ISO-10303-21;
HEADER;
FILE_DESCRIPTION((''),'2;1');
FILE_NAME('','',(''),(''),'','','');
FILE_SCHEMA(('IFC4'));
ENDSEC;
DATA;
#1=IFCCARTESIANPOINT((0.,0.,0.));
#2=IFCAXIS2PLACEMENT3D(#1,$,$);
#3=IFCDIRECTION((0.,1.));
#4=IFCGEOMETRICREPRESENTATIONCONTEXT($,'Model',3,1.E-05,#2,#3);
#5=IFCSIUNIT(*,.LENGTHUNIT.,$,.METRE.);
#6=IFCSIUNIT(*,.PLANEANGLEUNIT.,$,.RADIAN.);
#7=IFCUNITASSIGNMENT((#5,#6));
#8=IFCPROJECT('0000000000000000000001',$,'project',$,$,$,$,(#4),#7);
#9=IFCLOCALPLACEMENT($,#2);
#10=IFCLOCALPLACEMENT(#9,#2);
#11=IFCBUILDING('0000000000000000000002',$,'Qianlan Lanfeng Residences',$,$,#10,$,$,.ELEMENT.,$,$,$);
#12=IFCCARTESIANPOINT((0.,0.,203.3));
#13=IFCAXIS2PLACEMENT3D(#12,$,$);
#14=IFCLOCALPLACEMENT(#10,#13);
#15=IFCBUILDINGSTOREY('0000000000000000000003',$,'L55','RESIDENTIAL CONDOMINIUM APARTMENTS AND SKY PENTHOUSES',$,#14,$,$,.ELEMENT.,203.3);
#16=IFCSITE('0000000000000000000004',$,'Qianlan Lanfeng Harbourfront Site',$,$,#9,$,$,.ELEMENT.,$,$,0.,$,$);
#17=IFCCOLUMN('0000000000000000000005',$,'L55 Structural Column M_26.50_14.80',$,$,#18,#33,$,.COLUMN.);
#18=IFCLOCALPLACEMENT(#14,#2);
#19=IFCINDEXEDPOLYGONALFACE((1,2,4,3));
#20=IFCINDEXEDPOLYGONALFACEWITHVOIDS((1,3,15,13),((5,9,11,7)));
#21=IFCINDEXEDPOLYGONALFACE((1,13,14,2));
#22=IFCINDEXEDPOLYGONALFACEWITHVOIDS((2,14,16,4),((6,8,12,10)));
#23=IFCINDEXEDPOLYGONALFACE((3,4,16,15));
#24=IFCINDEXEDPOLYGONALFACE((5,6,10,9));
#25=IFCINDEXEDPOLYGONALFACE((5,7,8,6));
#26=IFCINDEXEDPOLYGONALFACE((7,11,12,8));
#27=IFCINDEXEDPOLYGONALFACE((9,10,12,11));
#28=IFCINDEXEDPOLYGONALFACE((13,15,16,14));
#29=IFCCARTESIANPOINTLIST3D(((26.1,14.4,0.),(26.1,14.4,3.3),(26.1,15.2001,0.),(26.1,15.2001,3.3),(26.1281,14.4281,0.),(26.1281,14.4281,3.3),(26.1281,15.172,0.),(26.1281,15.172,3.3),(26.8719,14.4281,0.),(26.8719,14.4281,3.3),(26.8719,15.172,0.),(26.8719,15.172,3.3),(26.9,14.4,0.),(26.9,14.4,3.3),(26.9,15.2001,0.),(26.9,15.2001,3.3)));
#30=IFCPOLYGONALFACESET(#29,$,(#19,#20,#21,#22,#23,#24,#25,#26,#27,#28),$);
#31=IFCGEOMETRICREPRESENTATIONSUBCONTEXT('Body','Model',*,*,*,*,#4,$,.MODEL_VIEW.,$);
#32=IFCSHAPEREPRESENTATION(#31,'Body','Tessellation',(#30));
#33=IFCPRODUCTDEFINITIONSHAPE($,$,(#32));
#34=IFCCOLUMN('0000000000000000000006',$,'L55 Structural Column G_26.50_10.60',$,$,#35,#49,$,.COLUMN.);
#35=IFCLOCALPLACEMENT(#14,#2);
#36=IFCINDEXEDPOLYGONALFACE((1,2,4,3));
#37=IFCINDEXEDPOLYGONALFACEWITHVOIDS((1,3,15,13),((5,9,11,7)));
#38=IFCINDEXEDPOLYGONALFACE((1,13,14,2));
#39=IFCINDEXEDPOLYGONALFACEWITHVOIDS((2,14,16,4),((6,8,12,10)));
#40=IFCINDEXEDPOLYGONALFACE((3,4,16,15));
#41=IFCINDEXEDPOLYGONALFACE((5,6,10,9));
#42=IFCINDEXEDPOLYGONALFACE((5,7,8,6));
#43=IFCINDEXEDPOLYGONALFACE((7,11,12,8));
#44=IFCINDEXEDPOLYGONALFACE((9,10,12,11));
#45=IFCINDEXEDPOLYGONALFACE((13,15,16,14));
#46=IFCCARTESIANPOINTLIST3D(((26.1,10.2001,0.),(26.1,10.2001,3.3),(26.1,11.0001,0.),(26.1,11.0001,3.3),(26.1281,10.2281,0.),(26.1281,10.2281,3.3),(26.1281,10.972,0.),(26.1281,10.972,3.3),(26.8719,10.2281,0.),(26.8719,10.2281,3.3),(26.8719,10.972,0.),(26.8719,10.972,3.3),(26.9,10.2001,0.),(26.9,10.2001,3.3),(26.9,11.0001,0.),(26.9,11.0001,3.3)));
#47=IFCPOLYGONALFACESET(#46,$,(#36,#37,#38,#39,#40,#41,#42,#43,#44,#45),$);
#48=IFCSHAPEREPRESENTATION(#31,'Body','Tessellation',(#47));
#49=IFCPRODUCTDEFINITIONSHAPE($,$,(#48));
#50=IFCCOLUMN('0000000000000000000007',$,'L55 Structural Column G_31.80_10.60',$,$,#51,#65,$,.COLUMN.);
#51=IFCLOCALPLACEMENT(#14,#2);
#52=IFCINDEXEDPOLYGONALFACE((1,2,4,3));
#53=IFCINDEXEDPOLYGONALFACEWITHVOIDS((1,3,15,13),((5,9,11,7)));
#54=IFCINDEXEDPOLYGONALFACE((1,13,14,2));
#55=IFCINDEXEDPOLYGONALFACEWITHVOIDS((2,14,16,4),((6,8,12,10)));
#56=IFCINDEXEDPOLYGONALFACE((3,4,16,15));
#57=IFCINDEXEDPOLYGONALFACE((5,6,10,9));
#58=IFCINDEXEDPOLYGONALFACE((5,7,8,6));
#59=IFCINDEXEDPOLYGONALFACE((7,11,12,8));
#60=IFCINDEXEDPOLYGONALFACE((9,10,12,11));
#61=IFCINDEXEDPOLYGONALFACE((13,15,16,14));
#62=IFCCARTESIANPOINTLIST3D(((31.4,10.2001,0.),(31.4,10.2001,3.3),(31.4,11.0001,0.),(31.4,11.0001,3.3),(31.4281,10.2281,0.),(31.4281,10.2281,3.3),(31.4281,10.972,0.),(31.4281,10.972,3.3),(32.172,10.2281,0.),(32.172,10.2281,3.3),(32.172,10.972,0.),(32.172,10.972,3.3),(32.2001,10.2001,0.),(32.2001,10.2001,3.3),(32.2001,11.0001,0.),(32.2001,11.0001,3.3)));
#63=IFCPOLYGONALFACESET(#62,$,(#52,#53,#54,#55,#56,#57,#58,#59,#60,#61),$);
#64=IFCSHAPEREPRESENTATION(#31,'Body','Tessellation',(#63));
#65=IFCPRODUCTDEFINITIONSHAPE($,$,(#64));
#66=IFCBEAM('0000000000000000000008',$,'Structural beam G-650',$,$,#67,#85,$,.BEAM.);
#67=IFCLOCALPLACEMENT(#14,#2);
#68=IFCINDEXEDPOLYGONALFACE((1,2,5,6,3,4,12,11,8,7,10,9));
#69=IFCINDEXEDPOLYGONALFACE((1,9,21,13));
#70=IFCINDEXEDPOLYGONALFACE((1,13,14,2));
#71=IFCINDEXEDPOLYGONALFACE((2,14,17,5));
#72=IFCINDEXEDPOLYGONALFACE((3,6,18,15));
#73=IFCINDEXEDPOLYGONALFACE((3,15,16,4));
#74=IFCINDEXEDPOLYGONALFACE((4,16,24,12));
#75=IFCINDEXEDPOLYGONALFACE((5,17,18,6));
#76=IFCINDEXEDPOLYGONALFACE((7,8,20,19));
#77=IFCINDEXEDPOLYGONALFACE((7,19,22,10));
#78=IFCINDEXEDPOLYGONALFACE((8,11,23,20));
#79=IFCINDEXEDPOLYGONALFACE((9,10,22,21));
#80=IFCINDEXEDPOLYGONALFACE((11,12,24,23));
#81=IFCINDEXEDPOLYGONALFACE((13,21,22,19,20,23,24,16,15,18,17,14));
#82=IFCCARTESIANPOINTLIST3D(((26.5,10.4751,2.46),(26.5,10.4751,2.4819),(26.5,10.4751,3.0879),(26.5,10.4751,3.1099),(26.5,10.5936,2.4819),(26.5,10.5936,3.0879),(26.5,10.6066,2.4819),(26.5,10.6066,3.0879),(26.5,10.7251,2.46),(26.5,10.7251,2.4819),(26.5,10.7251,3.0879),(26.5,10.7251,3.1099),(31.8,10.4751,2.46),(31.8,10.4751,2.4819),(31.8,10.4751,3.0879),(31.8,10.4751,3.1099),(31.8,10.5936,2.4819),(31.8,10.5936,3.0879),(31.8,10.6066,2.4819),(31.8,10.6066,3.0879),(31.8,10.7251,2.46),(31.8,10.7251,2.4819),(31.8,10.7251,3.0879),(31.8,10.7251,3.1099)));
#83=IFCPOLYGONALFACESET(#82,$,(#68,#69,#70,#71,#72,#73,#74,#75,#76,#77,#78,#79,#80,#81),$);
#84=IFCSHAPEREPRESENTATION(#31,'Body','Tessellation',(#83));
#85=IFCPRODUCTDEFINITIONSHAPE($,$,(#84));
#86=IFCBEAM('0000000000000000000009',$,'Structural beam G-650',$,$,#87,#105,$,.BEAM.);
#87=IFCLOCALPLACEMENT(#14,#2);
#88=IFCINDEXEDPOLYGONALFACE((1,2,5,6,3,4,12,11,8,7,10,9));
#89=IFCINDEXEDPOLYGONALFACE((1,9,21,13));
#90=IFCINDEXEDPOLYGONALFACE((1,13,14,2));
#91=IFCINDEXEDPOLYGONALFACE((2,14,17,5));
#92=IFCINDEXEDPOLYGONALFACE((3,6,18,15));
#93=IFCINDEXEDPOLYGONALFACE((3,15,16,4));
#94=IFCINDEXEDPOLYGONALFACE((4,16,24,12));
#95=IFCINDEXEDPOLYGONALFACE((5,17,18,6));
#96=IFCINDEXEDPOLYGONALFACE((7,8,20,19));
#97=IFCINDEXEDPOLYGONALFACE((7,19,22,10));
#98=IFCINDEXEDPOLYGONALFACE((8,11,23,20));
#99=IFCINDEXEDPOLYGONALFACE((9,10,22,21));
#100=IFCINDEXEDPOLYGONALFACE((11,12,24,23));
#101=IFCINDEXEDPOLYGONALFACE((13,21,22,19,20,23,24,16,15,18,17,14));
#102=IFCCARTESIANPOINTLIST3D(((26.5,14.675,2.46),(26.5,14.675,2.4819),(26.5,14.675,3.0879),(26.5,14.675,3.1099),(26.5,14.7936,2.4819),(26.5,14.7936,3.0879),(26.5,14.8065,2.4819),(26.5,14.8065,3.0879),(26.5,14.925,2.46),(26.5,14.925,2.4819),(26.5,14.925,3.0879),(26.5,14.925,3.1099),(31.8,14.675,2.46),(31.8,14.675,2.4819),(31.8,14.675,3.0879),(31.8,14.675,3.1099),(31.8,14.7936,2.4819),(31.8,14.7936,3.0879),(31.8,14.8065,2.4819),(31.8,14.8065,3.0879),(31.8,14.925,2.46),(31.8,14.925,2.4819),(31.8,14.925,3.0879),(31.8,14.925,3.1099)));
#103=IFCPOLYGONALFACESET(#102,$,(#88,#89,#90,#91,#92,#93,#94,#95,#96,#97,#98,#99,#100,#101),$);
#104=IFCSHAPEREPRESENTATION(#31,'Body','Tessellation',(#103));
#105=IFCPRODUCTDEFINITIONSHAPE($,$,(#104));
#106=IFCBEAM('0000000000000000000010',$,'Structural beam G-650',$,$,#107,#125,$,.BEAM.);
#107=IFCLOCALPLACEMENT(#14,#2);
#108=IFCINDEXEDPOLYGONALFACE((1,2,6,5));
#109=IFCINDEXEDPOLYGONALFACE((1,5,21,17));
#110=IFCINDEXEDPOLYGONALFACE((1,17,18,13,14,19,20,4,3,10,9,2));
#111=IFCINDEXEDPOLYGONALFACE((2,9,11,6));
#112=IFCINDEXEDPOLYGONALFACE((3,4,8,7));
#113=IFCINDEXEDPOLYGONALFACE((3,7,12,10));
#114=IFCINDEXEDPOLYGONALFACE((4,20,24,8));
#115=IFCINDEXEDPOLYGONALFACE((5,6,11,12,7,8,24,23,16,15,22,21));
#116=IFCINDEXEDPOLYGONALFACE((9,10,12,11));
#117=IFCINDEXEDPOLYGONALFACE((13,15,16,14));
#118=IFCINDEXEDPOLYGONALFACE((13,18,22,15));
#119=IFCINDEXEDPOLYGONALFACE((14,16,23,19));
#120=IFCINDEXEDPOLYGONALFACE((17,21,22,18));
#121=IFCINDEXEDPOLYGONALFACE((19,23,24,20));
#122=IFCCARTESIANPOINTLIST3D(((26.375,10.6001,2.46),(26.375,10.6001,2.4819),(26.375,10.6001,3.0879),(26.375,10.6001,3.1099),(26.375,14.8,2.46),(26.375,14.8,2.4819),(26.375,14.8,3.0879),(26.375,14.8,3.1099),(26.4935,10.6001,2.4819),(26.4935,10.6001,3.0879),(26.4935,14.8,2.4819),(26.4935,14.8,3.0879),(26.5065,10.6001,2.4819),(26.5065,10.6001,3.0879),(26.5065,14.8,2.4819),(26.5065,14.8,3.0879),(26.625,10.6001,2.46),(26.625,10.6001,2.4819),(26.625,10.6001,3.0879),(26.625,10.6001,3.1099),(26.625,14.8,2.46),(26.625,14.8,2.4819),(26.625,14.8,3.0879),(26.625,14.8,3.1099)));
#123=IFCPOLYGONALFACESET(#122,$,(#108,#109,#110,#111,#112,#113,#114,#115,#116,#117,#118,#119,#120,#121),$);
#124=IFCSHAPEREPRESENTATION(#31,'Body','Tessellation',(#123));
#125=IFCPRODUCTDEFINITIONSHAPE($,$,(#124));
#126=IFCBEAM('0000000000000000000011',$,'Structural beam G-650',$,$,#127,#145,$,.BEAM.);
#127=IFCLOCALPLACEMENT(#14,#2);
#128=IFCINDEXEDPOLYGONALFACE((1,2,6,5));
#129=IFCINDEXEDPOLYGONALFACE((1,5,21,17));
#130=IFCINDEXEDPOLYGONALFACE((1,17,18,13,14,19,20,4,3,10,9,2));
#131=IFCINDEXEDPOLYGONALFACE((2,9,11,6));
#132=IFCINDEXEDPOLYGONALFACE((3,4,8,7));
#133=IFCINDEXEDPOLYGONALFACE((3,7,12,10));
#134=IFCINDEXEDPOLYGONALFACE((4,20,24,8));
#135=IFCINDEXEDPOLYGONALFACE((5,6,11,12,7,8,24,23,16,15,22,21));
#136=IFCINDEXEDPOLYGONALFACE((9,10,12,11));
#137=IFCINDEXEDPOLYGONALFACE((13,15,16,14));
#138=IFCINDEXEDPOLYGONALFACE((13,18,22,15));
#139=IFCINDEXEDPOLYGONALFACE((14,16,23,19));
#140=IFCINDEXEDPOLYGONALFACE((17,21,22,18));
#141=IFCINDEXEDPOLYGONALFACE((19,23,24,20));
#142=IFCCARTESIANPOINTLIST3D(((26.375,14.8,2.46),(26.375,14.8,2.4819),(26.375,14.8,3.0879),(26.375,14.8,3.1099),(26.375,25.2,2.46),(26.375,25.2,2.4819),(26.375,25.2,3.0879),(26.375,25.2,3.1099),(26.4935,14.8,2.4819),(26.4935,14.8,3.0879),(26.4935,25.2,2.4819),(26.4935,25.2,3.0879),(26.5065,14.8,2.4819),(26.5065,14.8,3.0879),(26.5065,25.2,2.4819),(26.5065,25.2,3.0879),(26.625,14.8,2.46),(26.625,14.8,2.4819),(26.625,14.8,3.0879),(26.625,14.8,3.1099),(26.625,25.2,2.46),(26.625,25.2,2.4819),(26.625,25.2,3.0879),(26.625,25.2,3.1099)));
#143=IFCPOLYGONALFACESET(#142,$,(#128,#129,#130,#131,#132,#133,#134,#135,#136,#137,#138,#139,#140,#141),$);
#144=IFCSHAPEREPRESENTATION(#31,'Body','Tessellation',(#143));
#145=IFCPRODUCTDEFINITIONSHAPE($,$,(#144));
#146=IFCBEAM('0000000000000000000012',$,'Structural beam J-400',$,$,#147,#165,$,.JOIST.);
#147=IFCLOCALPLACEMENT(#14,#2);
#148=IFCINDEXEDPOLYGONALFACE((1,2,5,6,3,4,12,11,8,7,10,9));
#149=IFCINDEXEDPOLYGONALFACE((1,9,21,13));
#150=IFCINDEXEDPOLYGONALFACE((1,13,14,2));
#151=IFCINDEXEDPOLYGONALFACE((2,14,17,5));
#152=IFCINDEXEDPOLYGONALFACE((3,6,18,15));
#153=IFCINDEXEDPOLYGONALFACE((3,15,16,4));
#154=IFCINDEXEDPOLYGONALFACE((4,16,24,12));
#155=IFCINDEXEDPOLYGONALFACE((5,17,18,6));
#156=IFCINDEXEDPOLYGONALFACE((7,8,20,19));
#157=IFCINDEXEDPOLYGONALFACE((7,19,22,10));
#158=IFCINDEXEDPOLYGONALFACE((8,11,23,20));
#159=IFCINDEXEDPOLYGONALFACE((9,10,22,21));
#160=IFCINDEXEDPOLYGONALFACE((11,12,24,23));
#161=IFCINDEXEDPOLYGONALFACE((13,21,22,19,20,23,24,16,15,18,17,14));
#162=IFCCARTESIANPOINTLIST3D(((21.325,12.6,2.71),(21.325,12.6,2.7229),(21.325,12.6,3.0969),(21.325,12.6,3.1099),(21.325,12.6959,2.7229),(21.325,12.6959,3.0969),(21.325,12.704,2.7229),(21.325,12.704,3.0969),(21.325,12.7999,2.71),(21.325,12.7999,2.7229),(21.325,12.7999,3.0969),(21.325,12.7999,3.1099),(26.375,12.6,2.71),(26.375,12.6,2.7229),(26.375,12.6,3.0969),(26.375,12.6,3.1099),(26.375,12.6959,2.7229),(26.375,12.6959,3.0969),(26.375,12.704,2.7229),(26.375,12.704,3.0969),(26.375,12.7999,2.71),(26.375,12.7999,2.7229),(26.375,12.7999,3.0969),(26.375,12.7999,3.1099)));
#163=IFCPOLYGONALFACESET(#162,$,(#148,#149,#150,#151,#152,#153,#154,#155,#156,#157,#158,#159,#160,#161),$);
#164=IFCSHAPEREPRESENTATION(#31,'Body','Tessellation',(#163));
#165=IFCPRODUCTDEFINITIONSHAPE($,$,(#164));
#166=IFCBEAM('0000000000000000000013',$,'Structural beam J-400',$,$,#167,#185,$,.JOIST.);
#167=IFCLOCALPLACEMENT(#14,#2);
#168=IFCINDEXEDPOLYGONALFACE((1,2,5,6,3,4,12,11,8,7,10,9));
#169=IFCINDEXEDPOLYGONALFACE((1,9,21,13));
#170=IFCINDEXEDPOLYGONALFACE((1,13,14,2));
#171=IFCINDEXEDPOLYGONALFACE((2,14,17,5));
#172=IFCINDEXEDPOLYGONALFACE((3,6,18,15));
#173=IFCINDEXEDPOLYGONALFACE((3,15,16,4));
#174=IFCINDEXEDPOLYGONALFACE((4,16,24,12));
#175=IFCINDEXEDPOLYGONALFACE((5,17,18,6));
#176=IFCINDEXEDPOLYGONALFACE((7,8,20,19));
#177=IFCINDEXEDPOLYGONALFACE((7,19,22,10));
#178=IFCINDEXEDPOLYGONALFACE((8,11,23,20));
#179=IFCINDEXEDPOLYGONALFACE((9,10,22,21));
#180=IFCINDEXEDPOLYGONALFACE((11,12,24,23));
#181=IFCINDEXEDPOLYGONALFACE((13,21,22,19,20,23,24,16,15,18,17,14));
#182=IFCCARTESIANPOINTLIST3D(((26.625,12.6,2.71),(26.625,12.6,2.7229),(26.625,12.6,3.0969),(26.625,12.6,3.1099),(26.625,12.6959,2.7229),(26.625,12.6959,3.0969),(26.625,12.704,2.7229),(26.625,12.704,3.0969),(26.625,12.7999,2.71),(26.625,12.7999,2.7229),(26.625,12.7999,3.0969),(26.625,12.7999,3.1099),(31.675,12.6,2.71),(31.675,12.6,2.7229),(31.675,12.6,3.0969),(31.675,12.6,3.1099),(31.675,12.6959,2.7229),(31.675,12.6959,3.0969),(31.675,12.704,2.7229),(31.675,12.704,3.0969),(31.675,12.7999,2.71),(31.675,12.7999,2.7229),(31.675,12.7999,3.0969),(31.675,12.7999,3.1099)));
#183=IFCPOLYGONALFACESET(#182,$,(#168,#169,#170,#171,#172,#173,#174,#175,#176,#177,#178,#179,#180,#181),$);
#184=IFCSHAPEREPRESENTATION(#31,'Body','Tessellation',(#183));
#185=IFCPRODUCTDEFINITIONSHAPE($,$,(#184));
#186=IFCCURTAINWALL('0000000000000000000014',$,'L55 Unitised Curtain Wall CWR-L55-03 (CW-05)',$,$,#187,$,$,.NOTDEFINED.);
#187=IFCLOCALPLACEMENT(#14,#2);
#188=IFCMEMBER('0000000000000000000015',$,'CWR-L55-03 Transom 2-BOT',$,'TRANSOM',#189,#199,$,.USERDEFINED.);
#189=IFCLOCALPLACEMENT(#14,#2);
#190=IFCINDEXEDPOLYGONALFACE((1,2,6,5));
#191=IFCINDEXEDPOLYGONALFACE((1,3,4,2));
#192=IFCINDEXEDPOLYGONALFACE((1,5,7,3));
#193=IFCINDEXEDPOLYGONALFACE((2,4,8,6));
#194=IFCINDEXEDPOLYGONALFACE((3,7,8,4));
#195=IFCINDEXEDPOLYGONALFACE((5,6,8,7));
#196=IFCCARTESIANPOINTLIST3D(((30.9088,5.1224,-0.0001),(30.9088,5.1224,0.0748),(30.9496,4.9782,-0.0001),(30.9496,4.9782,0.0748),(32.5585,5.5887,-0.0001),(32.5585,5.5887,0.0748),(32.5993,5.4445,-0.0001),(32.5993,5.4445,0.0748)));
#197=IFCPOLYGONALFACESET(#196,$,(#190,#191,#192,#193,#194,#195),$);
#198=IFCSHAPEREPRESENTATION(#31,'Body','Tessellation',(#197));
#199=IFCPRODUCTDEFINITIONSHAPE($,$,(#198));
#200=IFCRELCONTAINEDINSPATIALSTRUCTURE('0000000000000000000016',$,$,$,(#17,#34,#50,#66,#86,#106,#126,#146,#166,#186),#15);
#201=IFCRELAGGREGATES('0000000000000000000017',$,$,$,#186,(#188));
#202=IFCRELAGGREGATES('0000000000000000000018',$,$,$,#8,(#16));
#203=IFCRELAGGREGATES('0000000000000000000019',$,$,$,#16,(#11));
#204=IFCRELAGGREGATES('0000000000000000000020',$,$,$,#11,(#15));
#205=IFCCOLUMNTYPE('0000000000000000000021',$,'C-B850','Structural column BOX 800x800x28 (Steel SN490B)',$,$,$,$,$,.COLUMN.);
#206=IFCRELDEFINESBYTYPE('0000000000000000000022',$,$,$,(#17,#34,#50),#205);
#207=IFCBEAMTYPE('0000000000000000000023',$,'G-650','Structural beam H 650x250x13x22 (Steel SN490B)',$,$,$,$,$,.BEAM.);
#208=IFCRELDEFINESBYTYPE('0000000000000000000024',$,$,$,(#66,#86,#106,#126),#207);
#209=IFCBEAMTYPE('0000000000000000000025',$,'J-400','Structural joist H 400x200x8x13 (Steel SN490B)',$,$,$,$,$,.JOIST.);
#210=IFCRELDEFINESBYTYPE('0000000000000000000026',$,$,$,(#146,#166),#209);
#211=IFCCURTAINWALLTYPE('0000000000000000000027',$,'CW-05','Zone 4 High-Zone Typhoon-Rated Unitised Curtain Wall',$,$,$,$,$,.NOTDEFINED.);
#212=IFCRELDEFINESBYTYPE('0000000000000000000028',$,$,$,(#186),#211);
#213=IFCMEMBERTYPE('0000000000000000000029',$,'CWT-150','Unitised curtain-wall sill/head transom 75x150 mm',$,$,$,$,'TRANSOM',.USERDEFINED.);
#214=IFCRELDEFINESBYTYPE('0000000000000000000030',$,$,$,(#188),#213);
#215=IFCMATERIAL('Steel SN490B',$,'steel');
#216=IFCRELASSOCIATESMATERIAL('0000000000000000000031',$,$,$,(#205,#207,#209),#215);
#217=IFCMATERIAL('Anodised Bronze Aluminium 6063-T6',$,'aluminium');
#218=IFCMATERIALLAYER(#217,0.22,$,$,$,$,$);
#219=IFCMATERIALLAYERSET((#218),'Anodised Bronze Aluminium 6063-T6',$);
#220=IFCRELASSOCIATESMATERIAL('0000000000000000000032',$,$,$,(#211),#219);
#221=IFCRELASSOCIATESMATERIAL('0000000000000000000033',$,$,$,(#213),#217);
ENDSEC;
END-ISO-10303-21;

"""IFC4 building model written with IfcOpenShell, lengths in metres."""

from ifc_helpers import new_model, si_unit, direction, frame, origin, origin_2d, place, context, subcontext, project, spatial, rectangle, hollow_rectangle, i_section, extrude, source, transform, mapped, material, layer, layer_set, material_profile, profile_set, type_object, element, aggregate, save


model = new_model("IFC4")

# Units and contexts
model_context = context("Model", 3, precision=1e-05, world=origin(), true_north=direction((0.0, 1.0)))
body_context = subcontext(model_context, "Body", "Model", "MODEL_VIEW")
ifc_project = project(units=[si_unit("LENGTHUNIT", "METRE"), si_unit("PLANEANGLEUNIT", "RADIAN")], contexts=[model_context])

# Site, building, storey
site_placement = place(None, origin())
site = spatial("IfcSite", under=ifc_project, at=site_placement, Name="Qianlan Lanfeng Harbourfront Site", CompositionType="ELEMENT", RefElevation=0.0)
building_placement = place(site_placement, origin())
building = spatial("IfcBuilding", under=site, at=building_placement, Name="Qianlan Lanfeng Residences", CompositionType="ELEMENT")
storey_placement = place(building_placement, frame((0.0, 0.0, 203.3)))
storey = spatial("IfcBuildingStorey", under=building, at=storey_placement, Name="L55", Description="RESIDENTIAL CONDOMINIUM APARTMENTS AND SKY PENTHOUSES", CompositionType="ELEMENT", Elevation=203.3)

# Columns
ifc_material_1 = material(Name="Steel SN490B", Category="steel")
ifc_material_profile_1 = material_profile(ifc_material_1, hollow_rectangle(XDim=0.8, YDim=0.8, WallThickness=0.0281, at=origin_2d()), Name="BOX 800x800x28")
ifc_profile_set_1 = profile_set([ifc_material_profile_1], Name="Steel SN490B")
column_type = type_object("IfcColumnType", Name="C-B850", Description="Structural column BOX 800x800x28 (Steel SN490B)", PredefinedType="COLUMN", material=ifc_profile_set_1)
for number, where, z_axis, x_axis, name in (
    (1, (26.5, 14.8, 0.0), (0.0, 0.0, 1.0), (1.0, 0.0, 0.0), "L55 Structural Column M_26.50_14.80"),
    (2, (26.5, 10.6001, 0.0), (0.0, 0.0, 1.0), (1.0, 0.0, 0.0), "L55 Structural Column G_26.50_10.60"),
    (3, (31.8, 10.6001, 0.0), (0.0, 0.0, 1.0), (1.0, 0.0, 0.0), "L55 Structural Column G_31.80_10.60"),
):
    element("IfcColumn", number, at=place(storey_placement, frame(where, z_axis=z_axis, x_axis=x_axis)), inside=storey, type_object=column_type, Name=name, PredefinedType="COLUMN", context=body_context, shape_type="SweptSolid", body=[
        extrude(hollow_rectangle(XDim=0.8, YDim=0.8, WallThickness=0.0281, at=origin_2d()), origin(), (0.0, 0.0, 1.0), 3.3),
    ])

# Beams
ifc_material_profile_2 = material_profile(ifc_material_1, i_section(OverallWidth=0.25, OverallDepth=0.6499, WebThickness=0.0129, FlangeThickness=0.022, at=origin_2d()), Name="H 650x250x13x22")
ifc_profile_set_2 = profile_set([ifc_material_profile_2], Name="Steel SN490B")
beam_type_1 = type_object("IfcBeamType", Name="G-650", Description="Structural beam H 650x250x13x22 (Steel SN490B)", PredefinedType="BEAM", material=ifc_profile_set_2)
for number, where, z_axis, x_axis, name in (
    (4, (26.5, 10.6001, 2.7849), (1.0, 0.0, 0.0), (0.0, 1.0, 0.0), "Structural beam G-650"),
    (5, (26.5, 14.8, 2.7849), (1.0, 0.0, 0.0), (0.0, 1.0, 0.0), "Structural beam G-650"),
):
    element("IfcBeam", number, at=place(storey_placement, frame(where, z_axis=z_axis, x_axis=x_axis)), inside=storey, type_object=beam_type_1, Name=name, PredefinedType="BEAM", context=body_context, shape_type="SweptSolid", body=[
        extrude(i_section(OverallWidth=0.25, OverallDepth=0.6499, WebThickness=0.0129, FlangeThickness=0.022, at=origin_2d()), origin(), (0.0, 0.0, 1.0), 5.3),
    ])
beam_1_placement = place(storey_placement, frame((26.5, 10.6001, 2.7849), z_axis=(0.0, 1.0, 0.0), x_axis=(-1.0, 0.0, 0.0)))
element("IfcBeam", 6, at=beam_1_placement, inside=storey, type_object=beam_type_1, Name="Structural beam G-650", PredefinedType="BEAM", context=body_context, shape_type="SweptSolid", body=[
    extrude(i_section(OverallWidth=0.25, OverallDepth=0.6499, WebThickness=0.0129, FlangeThickness=0.022, at=origin_2d()), origin(), (0.0, 0.0, 1.0), 4.2),
])
beam_2_placement = place(storey_placement, frame((26.5, 14.8, 2.7849), z_axis=(0.0, 1.0, 0.0), x_axis=(-1.0, 0.0, 0.0)))
element("IfcBeam", 7, at=beam_2_placement, inside=storey, type_object=beam_type_1, Name="Structural beam G-650", PredefinedType="BEAM", context=body_context, shape_type="SweptSolid", body=[
    extrude(i_section(OverallWidth=0.25, OverallDepth=0.6499, WebThickness=0.0129, FlangeThickness=0.022, at=origin_2d()), origin(), (0.0, 0.0, 1.0), 10.3999),
])
ifc_material_profile_3 = material_profile(ifc_material_1, i_section(OverallWidth=0.2, OverallDepth=0.3999, WebThickness=0.0081, FlangeThickness=0.0129, at=origin_2d()), Name="H 400x200x8x13")
ifc_profile_set_3 = profile_set([ifc_material_profile_3], Name="Steel SN490B")
beam_type_2 = type_object("IfcBeamType", Name="J-400", Description="Structural joist H 400x200x8x13 (Steel SN490B)", PredefinedType="JOIST", material=ifc_profile_set_3)
for number, where, z_axis, x_axis, name in (
    (8, (21.325, 12.7, 2.9099), (1.0, 0.0, 0.0), (0.0, 1.0, 0.0), "Structural beam J-400"),
    (9, (26.625, 12.7, 2.9099), (1.0, 0.0, 0.0), (0.0, 1.0, 0.0), "Structural beam J-400"),
):
    element("IfcBeam", number, at=place(storey_placement, frame(where, z_axis=z_axis, x_axis=x_axis)), inside=storey, type_object=beam_type_2, Name=name, PredefinedType="JOIST", context=body_context, shape_type="SweptSolid", body=[
        extrude(i_section(OverallWidth=0.2, OverallDepth=0.3999, WebThickness=0.0081, FlangeThickness=0.0129, at=origin_2d()), origin(), (0.0, 0.0, 1.0), 5.05),
    ])

# Curtain wall, member
ifc_material_2 = material(Name="Anodised Bronze Aluminium 6063-T6", Category="aluminium")
ifc_layer_1 = layer(ifc_material_2, 0.22)
ifc_layer_set_1 = layer_set([ifc_layer_1], Name="Anodised Bronze Aluminium 6063-T6")
curtain_wall_type = type_object("IfcCurtainWallType", Name="CW-05", Description="Zone 4 High-Zone Typhoon-Rated Unitised Curtain Wall", PredefinedType="NOTDEFINED", material=ifc_layer_set_1)
curtain_wall_placement = place(storey_placement, origin())
curtain_wall = element("IfcCurtainWall", 10, at=curtain_wall_placement, inside=storey, type_object=curtain_wall_type, Name="L55 Unitised Curtain Wall CWR-L55-03 (CW-05)", PredefinedType="NOTDEFINED")
ifc_material_profile_4 = material_profile(ifc_material_2, rectangle(XDim=0.075, YDim=0.1499, at=origin_2d()), Name="ALU TRANSOM 75x150")
ifc_profile_set_4 = profile_set([ifc_material_profile_4], Name="Anodised Bronze Aluminium 6063-T6")
member_type = type_object("IfcMemberType", Name="CWT-150", Description="Unitised curtain-wall sill/head transom 75x150 mm", ElementType="TRANSOM", PredefinedType="USERDEFINED", material=ifc_profile_set_4)
shared_shape_1 = source(origin(), body_context, "Body", "SweptSolid", [
    extrude(rectangle(XDim=0.075, YDim=0.1499, at=origin_2d()), origin(), (0.0, 0.0, 1.0), 1.7144),
])
member_1_placement = place(storey_placement, frame((30.9292, 5.0503, 0.0374), z_axis=(0.962294, 0.272011, 0.0), x_axis=(0.0, 0.0, 1.0)))
member_1 = element("IfcMember", 11, at=member_1_placement, type_object=member_type, Name="CWR-L55-03 Transom 2-BOT", ObjectType="TRANSOM", PredefinedType="USERDEFINED", context=body_context, shape_type="MappedRepresentation", body=[
    mapped(shared_shape_1, transform((0.0, 0.0, 0.0), scale=1.0)),
])
aggregate(curtain_wall, [member_1])

save(model, "model.ifc")
